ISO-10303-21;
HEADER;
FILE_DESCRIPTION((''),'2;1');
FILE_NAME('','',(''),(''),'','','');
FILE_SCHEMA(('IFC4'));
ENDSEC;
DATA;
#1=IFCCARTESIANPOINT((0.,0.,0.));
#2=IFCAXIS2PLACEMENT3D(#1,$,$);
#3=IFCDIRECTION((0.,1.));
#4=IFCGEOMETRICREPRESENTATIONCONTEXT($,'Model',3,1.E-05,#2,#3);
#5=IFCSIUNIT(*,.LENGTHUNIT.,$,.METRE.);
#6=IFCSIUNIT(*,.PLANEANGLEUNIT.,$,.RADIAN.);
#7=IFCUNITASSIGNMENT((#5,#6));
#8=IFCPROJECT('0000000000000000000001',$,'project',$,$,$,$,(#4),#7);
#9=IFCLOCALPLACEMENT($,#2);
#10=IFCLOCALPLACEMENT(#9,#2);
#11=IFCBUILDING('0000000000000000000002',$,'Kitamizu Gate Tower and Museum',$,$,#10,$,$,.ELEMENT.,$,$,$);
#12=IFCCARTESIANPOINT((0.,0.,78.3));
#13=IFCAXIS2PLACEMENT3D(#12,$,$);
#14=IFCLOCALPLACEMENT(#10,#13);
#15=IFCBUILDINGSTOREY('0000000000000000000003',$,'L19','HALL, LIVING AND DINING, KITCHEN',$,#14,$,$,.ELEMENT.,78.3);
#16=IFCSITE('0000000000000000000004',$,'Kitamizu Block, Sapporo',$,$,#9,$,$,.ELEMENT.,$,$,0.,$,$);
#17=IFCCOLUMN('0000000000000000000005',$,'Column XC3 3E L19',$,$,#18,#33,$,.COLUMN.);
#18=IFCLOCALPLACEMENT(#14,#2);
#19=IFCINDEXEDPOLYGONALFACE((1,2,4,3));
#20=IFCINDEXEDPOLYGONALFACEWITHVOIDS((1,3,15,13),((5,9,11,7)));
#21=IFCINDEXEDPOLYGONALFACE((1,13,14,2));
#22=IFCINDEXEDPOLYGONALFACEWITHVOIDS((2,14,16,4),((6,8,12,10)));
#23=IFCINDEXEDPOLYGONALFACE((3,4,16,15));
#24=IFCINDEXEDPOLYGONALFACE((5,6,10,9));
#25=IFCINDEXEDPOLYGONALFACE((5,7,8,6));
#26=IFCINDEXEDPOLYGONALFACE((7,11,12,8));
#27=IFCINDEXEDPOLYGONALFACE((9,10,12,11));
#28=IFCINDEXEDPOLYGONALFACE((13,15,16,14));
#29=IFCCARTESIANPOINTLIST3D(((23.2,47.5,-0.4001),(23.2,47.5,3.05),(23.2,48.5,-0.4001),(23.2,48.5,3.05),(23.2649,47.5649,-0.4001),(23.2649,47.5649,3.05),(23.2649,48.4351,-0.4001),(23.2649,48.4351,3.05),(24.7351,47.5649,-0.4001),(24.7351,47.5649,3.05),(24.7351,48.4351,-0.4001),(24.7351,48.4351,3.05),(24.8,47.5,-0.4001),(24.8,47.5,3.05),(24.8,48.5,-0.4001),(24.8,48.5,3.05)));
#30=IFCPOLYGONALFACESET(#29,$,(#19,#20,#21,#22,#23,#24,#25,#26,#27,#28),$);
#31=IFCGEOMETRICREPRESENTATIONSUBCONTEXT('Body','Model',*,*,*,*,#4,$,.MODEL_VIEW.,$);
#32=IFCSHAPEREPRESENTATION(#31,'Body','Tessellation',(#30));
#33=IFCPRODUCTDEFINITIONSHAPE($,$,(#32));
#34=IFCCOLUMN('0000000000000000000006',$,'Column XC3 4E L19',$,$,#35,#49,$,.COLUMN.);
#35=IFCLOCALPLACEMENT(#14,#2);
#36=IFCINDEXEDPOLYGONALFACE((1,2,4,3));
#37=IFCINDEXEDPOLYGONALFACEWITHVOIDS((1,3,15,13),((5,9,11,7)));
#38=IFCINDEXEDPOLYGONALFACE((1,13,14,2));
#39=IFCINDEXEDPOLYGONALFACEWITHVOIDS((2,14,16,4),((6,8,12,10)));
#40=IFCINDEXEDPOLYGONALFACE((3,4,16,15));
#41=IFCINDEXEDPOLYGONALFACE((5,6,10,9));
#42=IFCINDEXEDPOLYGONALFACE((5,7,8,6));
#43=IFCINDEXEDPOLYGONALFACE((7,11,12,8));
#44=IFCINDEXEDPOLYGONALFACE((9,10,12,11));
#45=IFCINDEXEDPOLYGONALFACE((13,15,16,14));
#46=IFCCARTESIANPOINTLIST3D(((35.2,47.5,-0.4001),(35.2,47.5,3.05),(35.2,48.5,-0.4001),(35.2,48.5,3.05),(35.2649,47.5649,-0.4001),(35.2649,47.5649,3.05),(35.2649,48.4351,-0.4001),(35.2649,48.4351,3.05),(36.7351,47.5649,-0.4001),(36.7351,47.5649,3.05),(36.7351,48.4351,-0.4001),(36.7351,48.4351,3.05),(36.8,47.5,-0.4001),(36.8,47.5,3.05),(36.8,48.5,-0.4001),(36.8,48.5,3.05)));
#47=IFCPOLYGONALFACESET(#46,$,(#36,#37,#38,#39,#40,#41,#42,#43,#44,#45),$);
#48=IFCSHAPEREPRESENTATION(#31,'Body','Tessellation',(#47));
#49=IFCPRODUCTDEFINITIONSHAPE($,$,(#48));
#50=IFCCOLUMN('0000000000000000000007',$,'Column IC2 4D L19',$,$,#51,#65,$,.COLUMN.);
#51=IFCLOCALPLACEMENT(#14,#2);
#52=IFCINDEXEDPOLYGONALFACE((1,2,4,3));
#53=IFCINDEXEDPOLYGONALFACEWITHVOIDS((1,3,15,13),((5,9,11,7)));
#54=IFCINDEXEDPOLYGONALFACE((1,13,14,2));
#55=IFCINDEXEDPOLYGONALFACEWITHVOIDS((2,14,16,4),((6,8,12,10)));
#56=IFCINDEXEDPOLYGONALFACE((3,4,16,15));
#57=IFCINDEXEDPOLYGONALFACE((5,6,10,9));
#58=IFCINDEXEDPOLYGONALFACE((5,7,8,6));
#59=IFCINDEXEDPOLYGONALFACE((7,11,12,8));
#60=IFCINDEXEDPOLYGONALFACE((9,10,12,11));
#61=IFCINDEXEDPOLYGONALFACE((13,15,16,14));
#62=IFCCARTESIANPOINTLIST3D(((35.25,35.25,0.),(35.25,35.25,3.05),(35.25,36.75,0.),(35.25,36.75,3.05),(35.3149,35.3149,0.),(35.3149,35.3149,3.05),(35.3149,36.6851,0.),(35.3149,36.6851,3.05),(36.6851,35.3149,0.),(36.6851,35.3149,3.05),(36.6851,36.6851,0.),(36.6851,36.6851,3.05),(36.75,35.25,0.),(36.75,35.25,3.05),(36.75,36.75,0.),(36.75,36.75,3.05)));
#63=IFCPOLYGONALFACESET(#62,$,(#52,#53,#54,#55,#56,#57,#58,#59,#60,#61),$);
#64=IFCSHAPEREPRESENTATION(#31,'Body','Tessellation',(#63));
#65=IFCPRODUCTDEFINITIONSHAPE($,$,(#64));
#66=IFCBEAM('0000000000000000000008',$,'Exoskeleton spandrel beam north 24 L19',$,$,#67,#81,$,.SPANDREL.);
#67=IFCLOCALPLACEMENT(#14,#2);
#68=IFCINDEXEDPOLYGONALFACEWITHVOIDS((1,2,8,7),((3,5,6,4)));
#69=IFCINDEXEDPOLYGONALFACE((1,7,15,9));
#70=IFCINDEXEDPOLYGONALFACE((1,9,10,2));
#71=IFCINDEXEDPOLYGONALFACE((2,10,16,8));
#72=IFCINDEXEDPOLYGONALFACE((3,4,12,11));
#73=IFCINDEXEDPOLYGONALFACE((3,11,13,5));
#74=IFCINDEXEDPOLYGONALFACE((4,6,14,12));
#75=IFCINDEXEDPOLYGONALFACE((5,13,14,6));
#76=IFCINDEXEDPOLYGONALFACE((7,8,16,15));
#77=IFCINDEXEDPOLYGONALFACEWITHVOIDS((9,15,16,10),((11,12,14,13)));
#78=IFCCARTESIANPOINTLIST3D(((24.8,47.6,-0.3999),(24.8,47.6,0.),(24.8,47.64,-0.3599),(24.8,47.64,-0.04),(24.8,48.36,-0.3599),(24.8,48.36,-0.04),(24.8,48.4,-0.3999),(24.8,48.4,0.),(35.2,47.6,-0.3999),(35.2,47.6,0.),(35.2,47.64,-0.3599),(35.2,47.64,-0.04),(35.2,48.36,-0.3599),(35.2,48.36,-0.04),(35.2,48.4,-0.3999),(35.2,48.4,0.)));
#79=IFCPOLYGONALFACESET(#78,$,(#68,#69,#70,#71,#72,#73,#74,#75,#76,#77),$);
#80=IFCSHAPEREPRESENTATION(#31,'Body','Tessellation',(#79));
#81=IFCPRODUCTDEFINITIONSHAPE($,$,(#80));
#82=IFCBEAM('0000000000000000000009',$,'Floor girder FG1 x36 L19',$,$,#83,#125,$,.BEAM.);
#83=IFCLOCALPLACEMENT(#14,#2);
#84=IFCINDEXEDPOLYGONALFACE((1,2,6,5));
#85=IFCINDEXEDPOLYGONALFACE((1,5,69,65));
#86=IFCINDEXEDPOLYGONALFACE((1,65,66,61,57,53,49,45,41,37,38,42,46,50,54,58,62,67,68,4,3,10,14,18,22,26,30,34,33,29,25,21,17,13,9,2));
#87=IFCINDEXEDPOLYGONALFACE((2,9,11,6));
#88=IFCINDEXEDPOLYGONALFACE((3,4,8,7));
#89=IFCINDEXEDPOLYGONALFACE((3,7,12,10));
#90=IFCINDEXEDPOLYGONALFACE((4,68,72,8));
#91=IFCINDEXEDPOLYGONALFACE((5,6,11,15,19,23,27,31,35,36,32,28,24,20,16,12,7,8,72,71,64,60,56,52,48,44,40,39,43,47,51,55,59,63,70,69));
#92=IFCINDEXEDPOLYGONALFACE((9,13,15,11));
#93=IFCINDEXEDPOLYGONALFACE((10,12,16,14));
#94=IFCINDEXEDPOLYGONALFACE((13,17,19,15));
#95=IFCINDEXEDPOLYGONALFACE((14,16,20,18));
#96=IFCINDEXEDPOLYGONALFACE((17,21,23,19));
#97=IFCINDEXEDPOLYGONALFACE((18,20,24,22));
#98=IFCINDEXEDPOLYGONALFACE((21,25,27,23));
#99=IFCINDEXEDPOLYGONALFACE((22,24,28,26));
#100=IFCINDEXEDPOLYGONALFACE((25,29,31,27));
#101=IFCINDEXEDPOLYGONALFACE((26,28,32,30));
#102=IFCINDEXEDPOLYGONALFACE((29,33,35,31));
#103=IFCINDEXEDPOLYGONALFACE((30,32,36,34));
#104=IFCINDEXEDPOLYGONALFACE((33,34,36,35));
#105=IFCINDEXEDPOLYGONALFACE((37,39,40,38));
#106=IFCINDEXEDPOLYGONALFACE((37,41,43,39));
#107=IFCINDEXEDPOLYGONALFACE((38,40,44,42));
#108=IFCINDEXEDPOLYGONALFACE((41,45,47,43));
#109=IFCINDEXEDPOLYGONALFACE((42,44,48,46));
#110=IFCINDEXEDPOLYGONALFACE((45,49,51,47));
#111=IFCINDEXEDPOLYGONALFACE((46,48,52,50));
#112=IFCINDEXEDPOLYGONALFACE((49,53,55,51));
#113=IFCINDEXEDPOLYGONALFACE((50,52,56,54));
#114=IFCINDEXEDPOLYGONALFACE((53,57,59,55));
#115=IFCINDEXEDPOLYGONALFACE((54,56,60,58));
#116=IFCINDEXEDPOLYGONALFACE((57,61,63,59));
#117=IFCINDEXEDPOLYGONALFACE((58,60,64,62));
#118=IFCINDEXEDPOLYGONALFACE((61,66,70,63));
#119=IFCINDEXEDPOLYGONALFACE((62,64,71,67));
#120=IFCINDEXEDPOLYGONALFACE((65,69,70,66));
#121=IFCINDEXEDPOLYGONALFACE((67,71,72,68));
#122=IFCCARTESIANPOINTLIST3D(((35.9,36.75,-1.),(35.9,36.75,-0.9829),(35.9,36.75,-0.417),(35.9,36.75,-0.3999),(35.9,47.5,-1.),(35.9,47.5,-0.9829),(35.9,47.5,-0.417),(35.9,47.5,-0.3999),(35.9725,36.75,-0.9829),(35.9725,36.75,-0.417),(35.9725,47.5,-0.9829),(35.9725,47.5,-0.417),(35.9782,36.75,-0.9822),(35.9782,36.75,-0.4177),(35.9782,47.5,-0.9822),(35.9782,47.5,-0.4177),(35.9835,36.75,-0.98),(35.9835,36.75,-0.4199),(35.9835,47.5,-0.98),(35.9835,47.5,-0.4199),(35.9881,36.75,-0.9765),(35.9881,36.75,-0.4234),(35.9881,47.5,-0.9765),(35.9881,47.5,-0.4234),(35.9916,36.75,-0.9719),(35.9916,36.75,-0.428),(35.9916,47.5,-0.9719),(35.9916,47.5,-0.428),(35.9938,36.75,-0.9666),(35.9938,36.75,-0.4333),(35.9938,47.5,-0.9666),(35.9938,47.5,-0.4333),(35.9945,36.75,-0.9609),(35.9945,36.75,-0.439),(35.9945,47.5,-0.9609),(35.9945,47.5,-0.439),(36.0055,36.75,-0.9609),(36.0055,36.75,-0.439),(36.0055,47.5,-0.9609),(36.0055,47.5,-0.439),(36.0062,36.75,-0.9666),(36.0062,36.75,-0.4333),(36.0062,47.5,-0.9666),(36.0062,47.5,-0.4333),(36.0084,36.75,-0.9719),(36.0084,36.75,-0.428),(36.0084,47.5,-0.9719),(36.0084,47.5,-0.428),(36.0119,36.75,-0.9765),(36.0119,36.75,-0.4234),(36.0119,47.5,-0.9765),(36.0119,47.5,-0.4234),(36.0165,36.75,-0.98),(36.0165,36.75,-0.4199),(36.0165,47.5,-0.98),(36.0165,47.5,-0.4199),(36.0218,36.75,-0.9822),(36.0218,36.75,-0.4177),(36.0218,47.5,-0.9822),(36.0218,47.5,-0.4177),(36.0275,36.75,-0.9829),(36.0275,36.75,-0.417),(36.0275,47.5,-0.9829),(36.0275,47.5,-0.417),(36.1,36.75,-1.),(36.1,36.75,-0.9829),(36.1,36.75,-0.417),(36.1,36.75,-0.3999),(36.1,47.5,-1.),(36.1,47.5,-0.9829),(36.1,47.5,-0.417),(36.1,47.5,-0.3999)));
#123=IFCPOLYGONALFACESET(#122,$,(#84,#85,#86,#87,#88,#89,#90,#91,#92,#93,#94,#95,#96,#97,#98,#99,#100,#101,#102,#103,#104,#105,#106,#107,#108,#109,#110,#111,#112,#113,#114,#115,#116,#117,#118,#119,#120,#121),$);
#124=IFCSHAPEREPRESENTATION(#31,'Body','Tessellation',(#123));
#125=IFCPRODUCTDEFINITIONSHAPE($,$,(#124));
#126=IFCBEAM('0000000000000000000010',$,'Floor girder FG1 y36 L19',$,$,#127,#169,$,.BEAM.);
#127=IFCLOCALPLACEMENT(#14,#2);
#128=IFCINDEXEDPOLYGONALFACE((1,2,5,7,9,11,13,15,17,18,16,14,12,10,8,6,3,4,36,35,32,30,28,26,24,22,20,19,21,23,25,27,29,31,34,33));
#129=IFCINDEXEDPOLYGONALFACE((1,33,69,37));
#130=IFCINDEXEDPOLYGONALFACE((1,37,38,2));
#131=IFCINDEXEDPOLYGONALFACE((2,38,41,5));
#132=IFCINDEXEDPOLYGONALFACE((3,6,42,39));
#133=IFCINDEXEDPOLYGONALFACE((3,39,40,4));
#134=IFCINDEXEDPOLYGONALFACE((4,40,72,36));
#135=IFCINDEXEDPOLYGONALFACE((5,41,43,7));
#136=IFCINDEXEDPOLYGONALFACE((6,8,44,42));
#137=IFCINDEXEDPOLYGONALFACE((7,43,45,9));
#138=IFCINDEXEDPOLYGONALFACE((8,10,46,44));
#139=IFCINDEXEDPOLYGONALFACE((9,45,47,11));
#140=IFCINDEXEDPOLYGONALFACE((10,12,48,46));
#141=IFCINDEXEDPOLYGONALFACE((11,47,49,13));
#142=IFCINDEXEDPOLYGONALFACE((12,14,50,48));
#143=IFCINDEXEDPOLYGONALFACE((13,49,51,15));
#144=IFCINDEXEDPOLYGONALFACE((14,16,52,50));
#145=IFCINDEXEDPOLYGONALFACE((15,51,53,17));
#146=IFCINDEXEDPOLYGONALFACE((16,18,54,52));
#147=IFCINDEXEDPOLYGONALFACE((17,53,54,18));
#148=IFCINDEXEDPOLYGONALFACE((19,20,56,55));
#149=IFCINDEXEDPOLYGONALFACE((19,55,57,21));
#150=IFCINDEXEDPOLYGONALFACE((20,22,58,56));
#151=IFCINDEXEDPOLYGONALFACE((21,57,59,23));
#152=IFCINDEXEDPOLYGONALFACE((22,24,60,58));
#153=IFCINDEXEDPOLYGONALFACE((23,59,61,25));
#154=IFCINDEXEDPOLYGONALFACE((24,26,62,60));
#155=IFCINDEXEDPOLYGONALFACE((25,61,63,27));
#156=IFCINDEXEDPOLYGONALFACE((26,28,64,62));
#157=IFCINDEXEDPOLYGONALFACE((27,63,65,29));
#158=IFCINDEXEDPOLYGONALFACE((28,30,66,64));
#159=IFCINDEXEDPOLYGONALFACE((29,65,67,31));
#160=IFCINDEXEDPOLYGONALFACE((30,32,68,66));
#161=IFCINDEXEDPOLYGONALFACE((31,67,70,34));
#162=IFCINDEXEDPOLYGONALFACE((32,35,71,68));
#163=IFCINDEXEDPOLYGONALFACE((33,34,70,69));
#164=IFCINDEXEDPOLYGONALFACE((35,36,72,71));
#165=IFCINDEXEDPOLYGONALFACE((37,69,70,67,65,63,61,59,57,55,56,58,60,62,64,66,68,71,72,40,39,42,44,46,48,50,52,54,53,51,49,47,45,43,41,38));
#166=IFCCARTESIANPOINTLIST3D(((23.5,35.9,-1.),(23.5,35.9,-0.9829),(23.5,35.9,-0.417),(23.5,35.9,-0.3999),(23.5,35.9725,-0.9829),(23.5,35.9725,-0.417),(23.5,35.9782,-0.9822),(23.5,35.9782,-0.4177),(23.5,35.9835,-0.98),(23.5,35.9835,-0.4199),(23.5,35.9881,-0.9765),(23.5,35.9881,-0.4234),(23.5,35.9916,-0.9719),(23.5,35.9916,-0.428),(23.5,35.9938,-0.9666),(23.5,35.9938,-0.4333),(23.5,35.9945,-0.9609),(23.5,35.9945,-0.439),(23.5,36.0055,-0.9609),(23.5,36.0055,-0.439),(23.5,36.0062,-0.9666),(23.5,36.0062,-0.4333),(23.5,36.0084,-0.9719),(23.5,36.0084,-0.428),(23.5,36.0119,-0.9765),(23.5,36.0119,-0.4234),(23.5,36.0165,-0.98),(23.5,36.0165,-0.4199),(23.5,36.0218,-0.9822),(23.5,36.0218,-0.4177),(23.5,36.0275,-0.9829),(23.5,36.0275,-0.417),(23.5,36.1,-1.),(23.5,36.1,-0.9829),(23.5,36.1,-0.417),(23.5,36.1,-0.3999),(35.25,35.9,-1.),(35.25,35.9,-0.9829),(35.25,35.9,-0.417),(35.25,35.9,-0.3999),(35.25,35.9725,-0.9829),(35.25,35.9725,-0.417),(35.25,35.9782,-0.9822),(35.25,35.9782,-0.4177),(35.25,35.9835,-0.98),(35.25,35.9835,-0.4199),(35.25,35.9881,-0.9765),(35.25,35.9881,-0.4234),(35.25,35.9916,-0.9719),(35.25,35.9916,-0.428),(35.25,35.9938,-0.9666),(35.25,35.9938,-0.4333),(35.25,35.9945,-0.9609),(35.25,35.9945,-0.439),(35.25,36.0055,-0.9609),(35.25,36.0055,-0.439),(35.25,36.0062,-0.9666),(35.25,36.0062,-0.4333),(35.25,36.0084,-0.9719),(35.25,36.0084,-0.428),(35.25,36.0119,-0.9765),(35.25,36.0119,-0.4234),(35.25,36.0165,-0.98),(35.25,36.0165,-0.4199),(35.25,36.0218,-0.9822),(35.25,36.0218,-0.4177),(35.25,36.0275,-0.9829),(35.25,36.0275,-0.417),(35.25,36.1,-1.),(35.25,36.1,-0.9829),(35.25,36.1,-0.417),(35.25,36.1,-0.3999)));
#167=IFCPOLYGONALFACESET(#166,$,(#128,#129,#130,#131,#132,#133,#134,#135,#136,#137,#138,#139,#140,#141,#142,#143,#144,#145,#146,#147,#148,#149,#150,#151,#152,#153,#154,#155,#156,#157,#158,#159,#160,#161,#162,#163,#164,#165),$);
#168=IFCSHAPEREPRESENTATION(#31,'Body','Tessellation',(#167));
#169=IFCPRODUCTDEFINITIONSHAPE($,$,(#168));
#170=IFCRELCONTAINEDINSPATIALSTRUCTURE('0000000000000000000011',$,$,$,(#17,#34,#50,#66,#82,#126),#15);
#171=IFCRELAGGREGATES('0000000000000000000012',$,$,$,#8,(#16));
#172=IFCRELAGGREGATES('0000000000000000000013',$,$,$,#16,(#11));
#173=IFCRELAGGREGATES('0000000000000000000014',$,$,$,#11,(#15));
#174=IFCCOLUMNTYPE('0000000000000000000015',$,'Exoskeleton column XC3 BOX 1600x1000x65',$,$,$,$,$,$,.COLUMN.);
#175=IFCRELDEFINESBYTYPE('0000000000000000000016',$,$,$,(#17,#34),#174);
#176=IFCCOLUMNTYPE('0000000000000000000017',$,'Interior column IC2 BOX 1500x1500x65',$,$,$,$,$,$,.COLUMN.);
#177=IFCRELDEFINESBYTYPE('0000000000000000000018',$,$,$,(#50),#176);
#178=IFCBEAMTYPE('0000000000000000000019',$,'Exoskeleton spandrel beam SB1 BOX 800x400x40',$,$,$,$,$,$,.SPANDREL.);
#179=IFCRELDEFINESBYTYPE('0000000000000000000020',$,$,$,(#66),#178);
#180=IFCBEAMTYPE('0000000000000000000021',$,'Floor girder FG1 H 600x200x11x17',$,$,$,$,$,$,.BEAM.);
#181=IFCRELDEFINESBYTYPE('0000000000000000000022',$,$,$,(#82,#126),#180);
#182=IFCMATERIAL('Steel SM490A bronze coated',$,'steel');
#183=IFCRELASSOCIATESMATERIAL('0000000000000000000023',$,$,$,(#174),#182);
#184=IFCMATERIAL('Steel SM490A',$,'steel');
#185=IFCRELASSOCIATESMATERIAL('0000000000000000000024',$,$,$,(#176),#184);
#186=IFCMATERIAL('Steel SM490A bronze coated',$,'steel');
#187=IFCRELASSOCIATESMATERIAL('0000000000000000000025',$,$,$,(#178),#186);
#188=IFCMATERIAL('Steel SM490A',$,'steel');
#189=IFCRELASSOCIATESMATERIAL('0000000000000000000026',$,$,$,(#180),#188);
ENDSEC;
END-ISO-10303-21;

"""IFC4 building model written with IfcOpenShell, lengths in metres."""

from ifc_helpers import new_model, si_unit, direction, frame, origin, origin_2d, place, context, subcontext, project, spatial, hollow_rectangle, i_section, extrude, material, material_profile, profile_set, type_object, element, save


model = new_model("IFC4")

# Units and contexts
model_context = context("Model", 3, precision=1e-05, world=origin(), true_north=direction((0.0, 1.0)))
body_context = subcontext(model_context, "Body", "Model", "MODEL_VIEW")
ifc_project = project(units=[si_unit("LENGTHUNIT", "METRE"), si_unit("PLANEANGLEUNIT", "RADIAN")], contexts=[model_context])

# Site, building, storey
site_placement = place(None, origin())
site = spatial("IfcSite", under=ifc_project, at=site_placement, Name="Kitamizu Block, Sapporo", CompositionType="ELEMENT", RefElevation=0.0)
building_placement = place(site_placement, origin())
building = spatial("IfcBuilding", under=site, at=building_placement, Name="Kitamizu Gate Tower and Museum", CompositionType="ELEMENT")
storey_placement = place(building_placement, frame((0.0, 0.0, 78.3)))
storey = spatial("IfcBuildingStorey", under=building, at=storey_placement, Name="L19", Description="HALL, LIVING AND DINING, KITCHEN", CompositionType="ELEMENT", Elevation=78.3)

# Columns
ifc_material_1 = material(Name="Steel SM490A bronze coated", Category="steel")
ifc_material_profile_1 = material_profile(ifc_material_1, hollow_rectangle(XDim=1.6001, YDim=1.0, WallThickness=0.0649, at=origin_2d()), Name="BOX 1600x1000x65")
ifc_profile_set_1 = profile_set([ifc_material_profile_1], Name="Steel SM490A bronze coated")
column_type_1 = type_object("IfcColumnType", Name="Exoskeleton column XC3 BOX 1600x1000x65", PredefinedType="COLUMN", material=ifc_profile_set_1)
for number, where, z_axis, x_axis, name in (
    (1, (24.0, 48.0, -0.4001), (0.0, 0.0, 1.0), (1.0, 0.0, 0.0), "Column XC3 3E L19"),
    (2, (36.0, 48.0, -0.4001), (0.0, 0.0, 1.0), (1.0, 0.0, 0.0), "Column XC3 4E L19"),
):
    element("IfcColumn", number, at=place(storey_placement, frame(where, z_axis=z_axis, x_axis=x_axis)), inside=storey, type_object=column_type_1, Name=name, PredefinedType="COLUMN", context=body_context, shape_type="SweptSolid", body=[
        extrude(hollow_rectangle(XDim=1.6001, YDim=1.0, WallThickness=0.0649, at=origin_2d()), origin(), (0.0, 0.0, 1.0), 3.4502),
    ])
ifc_material_2 = material(Name="Steel SM490A", Category="steel")
ifc_material_profile_2 = material_profile(ifc_material_2, hollow_rectangle(XDim=1.5, YDim=1.5, WallThickness=0.0649, at=origin_2d()), Name="BOX 1500x1500x65")
ifc_profile_set_2 = profile_set([ifc_material_profile_2], Name="Steel SM490A")
column_type_2 = type_object("IfcColumnType", Name="Interior column IC2 BOX 1500x1500x65", PredefinedType="COLUMN", material=ifc_profile_set_2)
column_placement = place(storey_placement, frame((36.0, 36.0, 0.0), z_axis=(0.0, 0.0, 1.0), x_axis=(1.0, 0.0, 0.0)))
element("IfcColumn", 3, at=column_placement, inside=storey, type_object=column_type_2, Name="Column IC2 4D L19", PredefinedType="COLUMN", context=body_context, shape_type="SweptSolid", body=[
    extrude(hollow_rectangle(XDim=1.5, YDim=1.5, WallThickness=0.0649, at=origin_2d()), origin(), (0.0, 0.0, 1.0), 3.05),
])

# Beams
ifc_material_3 = material(Name="Steel SM490A bronze coated", Category="steel")
ifc_material_profile_3 = material_profile(ifc_material_3, hollow_rectangle(XDim=0.8, YDim=0.3999, WallThickness=0.04, at=origin_2d()), Name="BOX 800x400x40")
ifc_profile_set_3 = profile_set([ifc_material_profile_3], Name="Steel SM490A bronze coated")
beam_type_1 = type_object("IfcBeamType", Name="Exoskeleton spandrel beam SB1 BOX 800x400x40", PredefinedType="SPANDREL", material=ifc_profile_set_3)
beam_1_placement = place(storey_placement, frame((24.8, 48.0, -0.2), z_axis=(1.0, 0.0, 0.0), x_axis=(0.0, 1.0, 0.0)))
element("IfcBeam", 4, at=beam_1_placement, inside=storey, type_object=beam_type_1, Name="Exoskeleton spandrel beam north 24 L19", PredefinedType="SPANDREL", context=body_context, shape_type="SweptSolid", body=[
    extrude(hollow_rectangle(XDim=0.8, YDim=0.3999, WallThickness=0.04, at=origin_2d()), origin(), (0.0, 0.0, 1.0), 10.3999),
])
ifc_material_4 = material(Name="Steel SM490A", Category="steel")
ifc_material_profile_4 = material_profile(ifc_material_4, i_section(OverallWidth=0.2, OverallDepth=0.6001, WebThickness=0.011, FlangeThickness=0.0171, FilletRadius=0.022, at=origin_2d()), Name="H-600x200x11x17")
ifc_profile_set_4 = profile_set([ifc_material_profile_4], Name="Steel SM490A")
beam_type_2 = type_object("IfcBeamType", Name="Floor girder FG1 H 600x200x11x17", PredefinedType="BEAM", material=ifc_profile_set_4)
beam_2_placement = place(storey_placement, frame((36.0, 36.75, -0.7), z_axis=(0.0, 1.0, 0.0), x_axis=(-1.0, 0.0, 0.0)))
element("IfcBeam", 5, at=beam_2_placement, inside=storey, type_object=beam_type_2, Name="Floor girder FG1 x36 L19", PredefinedType="BEAM", context=body_context, shape_type="SweptSolid", body=[
    extrude(i_section(OverallWidth=0.2, OverallDepth=0.6001, WebThickness=0.011, FlangeThickness=0.0171, FilletRadius=0.022, at=origin_2d()), origin(), (0.0, 0.0, 1.0), 10.75),
])
beam_3_placement = place(storey_placement, frame((23.5, 36.0, -0.7), z_axis=(1.0, 0.0, 0.0), x_axis=(0.0, 1.0, 0.0)))
element("IfcBeam", 6, at=beam_3_placement, inside=storey, type_object=beam_type_2, Name="Floor girder FG1 y36 L19", PredefinedType="BEAM", context=body_context, shape_type="SweptSolid", body=[
    extrude(i_section(OverallWidth=0.2, OverallDepth=0.6001, WebThickness=0.011, FlangeThickness=0.0171, FilletRadius=0.022, at=origin_2d()), origin(), (0.0, 0.0, 1.0), 11.75),
])

save(model, "model.ifc")
